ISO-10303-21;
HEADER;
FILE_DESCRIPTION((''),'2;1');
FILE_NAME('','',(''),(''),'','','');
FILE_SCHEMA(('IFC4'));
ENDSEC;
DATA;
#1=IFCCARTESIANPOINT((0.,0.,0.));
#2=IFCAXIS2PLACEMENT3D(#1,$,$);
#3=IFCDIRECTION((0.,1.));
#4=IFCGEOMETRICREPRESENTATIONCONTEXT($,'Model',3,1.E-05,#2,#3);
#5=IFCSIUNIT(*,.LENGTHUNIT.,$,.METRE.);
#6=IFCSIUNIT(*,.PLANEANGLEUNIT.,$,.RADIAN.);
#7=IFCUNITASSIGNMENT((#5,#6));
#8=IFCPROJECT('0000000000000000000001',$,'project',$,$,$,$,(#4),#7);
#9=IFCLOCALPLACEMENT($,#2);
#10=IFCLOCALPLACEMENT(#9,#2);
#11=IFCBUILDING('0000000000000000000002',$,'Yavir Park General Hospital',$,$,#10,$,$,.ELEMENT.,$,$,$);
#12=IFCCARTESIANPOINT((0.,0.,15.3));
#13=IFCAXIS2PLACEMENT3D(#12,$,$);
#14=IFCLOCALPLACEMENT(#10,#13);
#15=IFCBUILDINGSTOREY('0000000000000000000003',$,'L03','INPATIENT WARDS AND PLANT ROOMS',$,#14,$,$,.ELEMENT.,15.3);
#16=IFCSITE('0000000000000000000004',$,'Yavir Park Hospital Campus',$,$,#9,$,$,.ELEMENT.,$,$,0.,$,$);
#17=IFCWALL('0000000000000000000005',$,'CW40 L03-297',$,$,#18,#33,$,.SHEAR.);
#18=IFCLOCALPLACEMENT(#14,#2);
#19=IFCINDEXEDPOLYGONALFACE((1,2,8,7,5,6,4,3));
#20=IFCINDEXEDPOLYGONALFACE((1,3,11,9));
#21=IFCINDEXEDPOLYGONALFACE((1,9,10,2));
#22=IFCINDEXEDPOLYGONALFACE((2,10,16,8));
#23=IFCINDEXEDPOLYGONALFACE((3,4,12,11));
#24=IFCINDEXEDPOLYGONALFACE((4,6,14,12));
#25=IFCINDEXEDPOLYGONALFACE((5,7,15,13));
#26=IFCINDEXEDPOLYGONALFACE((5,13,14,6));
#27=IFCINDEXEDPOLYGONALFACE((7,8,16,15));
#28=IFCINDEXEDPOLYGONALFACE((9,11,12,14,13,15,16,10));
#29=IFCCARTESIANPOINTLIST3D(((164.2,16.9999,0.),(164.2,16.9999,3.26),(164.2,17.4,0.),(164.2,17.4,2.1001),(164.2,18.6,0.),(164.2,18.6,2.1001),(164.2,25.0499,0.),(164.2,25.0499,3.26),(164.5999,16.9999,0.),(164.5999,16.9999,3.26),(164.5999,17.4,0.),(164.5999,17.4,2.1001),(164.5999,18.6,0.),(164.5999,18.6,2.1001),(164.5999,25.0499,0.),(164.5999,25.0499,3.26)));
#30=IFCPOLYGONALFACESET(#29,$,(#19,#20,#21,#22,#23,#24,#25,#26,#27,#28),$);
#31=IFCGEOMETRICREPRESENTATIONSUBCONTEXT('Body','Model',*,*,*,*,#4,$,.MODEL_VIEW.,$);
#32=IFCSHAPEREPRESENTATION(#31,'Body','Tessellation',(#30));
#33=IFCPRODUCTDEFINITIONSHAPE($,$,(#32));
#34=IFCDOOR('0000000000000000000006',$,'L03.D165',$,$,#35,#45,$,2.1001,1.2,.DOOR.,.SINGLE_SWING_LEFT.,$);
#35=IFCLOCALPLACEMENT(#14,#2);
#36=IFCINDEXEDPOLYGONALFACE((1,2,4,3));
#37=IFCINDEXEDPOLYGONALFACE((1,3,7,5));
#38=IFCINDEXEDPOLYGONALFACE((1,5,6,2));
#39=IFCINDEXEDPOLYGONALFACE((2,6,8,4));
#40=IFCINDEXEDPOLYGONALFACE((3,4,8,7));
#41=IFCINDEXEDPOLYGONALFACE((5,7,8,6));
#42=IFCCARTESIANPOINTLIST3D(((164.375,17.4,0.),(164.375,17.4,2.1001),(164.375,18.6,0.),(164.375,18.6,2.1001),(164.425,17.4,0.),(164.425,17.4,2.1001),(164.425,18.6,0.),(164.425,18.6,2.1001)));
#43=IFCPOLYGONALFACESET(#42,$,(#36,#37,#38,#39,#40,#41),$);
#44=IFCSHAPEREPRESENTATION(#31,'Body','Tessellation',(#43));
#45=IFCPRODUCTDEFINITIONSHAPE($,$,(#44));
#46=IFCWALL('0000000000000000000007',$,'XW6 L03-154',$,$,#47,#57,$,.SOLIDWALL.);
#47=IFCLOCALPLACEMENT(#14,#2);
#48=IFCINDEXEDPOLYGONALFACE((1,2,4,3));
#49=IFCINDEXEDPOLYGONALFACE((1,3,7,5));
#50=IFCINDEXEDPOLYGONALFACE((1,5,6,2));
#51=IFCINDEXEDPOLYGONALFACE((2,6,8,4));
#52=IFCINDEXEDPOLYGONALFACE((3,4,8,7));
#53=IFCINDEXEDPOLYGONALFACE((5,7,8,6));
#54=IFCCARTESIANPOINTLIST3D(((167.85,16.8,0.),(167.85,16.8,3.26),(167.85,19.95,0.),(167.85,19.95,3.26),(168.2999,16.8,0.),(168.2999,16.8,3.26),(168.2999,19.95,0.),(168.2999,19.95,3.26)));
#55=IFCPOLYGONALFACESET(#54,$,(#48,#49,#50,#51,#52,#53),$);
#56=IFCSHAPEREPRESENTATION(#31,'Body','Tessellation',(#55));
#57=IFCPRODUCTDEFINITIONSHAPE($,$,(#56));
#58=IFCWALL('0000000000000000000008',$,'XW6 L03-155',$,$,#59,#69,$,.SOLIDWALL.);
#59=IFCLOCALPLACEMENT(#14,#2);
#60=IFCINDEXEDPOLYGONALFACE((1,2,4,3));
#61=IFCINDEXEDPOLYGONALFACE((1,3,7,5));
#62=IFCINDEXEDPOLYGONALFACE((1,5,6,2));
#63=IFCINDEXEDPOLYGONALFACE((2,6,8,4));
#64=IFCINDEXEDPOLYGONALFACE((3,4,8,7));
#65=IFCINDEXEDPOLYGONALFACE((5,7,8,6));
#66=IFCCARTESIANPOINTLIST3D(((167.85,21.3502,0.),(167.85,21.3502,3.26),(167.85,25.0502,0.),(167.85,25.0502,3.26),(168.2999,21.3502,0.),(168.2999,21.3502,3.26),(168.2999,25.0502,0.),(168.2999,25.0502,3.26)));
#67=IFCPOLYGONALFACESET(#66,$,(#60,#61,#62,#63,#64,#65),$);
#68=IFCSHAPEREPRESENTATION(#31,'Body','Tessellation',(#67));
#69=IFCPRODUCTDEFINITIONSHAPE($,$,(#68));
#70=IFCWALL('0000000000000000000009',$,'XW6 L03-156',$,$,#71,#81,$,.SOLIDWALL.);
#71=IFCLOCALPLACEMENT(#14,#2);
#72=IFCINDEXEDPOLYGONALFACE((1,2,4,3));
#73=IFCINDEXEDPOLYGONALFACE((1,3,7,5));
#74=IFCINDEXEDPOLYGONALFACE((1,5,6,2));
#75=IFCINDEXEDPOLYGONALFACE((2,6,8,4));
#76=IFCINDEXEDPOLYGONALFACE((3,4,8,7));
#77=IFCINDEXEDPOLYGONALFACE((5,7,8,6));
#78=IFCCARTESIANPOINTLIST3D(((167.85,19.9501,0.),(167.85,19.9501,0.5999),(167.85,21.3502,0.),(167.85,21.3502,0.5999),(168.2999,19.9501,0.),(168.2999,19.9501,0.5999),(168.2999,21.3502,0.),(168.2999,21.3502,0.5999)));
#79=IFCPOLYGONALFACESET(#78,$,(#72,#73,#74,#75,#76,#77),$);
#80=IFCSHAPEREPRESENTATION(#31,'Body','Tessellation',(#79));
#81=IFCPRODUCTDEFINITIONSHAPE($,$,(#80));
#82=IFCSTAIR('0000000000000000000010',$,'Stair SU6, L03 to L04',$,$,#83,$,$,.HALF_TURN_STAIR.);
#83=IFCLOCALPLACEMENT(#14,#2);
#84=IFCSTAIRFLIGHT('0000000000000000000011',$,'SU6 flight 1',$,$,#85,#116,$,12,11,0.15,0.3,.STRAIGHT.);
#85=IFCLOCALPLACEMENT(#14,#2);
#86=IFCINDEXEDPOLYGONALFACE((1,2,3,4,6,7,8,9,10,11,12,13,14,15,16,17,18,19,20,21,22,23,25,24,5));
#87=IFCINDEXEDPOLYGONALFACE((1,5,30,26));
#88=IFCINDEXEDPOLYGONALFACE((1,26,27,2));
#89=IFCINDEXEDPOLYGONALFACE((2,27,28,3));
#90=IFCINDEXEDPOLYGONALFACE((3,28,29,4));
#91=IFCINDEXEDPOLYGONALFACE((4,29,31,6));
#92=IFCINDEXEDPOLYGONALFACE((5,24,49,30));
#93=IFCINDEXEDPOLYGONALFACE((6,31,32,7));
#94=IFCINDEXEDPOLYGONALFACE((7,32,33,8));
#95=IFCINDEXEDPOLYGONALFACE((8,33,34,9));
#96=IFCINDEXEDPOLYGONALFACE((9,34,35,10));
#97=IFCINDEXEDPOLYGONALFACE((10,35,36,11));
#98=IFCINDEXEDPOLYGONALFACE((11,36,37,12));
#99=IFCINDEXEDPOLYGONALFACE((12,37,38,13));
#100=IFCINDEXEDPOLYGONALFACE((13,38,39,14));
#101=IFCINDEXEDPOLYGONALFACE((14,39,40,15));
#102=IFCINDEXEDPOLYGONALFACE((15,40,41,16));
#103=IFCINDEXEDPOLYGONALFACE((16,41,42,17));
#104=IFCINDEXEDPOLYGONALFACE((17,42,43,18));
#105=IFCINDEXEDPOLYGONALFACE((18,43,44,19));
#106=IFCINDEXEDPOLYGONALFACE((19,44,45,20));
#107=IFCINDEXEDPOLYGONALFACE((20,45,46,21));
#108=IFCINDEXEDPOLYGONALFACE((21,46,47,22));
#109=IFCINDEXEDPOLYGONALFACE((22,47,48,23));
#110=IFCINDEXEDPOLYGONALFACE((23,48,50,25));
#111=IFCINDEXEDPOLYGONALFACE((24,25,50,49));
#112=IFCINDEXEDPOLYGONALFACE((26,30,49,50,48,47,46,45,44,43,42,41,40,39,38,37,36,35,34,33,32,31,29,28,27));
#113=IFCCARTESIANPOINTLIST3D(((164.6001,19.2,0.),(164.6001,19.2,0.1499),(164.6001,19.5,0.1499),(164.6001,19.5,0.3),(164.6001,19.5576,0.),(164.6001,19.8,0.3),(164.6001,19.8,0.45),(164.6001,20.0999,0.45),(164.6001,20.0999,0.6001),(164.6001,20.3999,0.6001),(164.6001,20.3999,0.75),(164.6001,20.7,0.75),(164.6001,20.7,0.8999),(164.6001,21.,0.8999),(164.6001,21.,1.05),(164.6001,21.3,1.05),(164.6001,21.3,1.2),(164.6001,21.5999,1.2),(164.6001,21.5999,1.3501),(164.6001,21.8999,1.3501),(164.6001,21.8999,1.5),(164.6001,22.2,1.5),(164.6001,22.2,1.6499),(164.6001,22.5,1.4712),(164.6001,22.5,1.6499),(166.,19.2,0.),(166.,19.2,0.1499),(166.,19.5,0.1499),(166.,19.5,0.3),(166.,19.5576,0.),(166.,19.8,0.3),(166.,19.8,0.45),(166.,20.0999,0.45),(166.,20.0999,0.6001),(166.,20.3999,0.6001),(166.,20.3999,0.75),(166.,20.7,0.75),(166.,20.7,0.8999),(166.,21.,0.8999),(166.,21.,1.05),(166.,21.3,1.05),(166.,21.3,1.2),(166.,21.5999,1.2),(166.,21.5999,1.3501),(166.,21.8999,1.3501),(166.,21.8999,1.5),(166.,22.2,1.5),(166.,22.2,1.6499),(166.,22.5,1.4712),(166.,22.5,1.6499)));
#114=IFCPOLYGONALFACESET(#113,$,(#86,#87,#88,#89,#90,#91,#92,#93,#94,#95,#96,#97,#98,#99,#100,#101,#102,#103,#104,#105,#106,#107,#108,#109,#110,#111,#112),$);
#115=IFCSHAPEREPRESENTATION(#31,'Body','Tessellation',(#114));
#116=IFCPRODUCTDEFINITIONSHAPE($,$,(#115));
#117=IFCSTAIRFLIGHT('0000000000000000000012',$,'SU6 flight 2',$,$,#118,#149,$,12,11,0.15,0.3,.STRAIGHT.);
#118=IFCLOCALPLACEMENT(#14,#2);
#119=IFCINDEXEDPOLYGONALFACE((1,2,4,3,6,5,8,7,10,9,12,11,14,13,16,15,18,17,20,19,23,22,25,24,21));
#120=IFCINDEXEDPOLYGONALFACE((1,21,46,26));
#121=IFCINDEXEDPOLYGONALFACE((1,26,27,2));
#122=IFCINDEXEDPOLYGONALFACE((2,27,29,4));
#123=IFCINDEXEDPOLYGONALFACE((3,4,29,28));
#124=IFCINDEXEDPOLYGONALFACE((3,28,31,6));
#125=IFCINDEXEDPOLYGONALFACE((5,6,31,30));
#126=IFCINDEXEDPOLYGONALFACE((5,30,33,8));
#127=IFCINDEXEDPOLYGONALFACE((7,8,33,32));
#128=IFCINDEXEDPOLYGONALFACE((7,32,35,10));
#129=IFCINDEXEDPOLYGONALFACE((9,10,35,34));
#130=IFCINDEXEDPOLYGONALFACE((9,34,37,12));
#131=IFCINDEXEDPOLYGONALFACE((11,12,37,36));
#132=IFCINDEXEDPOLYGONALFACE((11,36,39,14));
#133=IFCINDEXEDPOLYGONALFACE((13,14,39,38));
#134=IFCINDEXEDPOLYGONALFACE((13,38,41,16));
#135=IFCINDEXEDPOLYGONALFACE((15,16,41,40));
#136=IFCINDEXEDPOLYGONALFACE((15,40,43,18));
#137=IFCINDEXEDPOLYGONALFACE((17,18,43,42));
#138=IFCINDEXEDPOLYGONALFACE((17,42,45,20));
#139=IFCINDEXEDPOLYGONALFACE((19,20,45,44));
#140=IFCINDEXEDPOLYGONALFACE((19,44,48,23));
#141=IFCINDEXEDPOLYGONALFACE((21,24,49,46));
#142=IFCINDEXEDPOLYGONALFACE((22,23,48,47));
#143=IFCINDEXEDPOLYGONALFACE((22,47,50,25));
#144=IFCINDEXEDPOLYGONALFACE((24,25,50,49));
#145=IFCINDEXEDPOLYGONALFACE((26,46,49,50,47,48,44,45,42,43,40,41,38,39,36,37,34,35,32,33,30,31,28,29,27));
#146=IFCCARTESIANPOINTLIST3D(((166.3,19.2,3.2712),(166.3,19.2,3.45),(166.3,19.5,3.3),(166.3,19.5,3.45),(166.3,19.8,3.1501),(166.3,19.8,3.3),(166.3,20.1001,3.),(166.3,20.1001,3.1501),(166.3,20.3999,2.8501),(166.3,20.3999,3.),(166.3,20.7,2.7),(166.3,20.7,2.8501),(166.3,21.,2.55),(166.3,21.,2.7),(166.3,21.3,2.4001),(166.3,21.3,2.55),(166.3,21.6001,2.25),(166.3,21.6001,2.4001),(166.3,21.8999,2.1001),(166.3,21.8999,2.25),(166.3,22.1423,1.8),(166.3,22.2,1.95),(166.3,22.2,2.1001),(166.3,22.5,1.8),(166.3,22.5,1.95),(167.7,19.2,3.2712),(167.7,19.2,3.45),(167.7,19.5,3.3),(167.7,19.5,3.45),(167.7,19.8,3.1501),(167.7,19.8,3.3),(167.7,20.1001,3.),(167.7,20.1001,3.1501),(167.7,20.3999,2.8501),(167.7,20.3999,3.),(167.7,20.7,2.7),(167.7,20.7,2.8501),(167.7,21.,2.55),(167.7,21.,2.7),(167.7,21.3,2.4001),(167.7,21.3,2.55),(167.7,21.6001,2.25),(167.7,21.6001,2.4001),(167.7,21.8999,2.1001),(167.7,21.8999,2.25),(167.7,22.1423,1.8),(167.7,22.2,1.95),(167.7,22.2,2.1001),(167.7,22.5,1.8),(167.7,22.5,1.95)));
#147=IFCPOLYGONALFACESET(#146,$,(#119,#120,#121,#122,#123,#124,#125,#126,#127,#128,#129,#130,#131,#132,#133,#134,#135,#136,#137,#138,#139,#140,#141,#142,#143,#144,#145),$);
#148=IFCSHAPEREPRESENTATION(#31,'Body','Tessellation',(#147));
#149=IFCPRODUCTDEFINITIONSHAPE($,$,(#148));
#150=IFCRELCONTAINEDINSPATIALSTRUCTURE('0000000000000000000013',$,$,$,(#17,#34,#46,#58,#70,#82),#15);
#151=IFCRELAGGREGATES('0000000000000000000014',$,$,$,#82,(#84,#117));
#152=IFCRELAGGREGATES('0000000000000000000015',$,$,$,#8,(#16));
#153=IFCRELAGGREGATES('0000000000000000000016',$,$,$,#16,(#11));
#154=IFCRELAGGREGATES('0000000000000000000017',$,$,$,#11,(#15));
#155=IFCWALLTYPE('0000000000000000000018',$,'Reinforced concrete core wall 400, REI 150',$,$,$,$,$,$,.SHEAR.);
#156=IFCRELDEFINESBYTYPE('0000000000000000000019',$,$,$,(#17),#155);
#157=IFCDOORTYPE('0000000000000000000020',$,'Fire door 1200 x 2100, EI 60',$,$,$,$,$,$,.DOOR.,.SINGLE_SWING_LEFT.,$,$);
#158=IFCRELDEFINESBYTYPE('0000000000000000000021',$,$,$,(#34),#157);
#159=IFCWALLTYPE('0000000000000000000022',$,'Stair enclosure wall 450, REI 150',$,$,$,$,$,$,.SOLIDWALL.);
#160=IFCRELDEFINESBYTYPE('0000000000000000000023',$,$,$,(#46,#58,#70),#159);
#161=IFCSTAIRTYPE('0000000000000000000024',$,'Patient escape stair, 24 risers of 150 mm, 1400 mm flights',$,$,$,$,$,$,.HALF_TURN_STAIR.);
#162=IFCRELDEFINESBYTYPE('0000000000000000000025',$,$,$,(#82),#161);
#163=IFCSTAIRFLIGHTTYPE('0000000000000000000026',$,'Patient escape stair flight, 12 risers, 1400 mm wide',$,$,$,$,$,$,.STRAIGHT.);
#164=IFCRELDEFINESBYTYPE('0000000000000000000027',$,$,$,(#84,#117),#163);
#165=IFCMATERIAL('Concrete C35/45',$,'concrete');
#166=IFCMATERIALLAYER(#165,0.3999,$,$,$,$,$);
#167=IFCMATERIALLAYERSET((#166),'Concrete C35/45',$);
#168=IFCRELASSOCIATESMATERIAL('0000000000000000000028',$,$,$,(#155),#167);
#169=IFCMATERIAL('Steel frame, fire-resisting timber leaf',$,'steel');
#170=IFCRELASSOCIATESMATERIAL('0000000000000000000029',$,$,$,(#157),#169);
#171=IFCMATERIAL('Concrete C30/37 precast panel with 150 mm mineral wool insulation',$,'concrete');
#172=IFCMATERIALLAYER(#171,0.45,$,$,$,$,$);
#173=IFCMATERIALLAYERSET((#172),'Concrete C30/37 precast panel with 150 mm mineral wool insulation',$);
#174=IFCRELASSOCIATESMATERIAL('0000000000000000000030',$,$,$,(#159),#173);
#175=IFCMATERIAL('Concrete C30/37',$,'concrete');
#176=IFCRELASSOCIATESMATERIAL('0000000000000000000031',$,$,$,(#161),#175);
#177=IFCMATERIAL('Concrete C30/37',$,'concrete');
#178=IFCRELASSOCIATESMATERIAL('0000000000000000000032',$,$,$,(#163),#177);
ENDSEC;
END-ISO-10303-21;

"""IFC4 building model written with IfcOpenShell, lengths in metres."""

from ifc_helpers import new_model, si_unit, direction, frame, frame_2d, origin, place, context, subcontext, project, spatial, polyline, rectangle, outline, extrude, material, layer, layer_set, type_object, element, fill, aggregate, save


model = new_model("IFC4")

# Units and contexts
model_context = context("Model", 3, precision=1e-05, world=origin(), true_north=direction((0.0, 1.0)))
body_context = subcontext(model_context, "Body", "Model", "MODEL_VIEW")
ifc_project = project(units=[si_unit("LENGTHUNIT", "METRE"), si_unit("PLANEANGLEUNIT", "RADIAN")], contexts=[model_context])

# Site, building, storey
site_placement = place(None, origin())
site = spatial("IfcSite", under=ifc_project, at=site_placement, Name="Yavir Park Hospital Campus", CompositionType="ELEMENT", RefElevation=0.0)
building_placement = place(site_placement, origin())
building = spatial("IfcBuilding", under=site, at=building_placement, Name="Yavir Park General Hospital", CompositionType="ELEMENT")
storey_placement = place(building_placement, frame((0.0, 0.0, 15.3)))
storey = spatial("IfcBuildingStorey", under=building, at=storey_placement, Name="L03", Description="INPATIENT WARDS AND PLANT ROOMS", CompositionType="ELEMENT", Elevation=15.3)

# Shared definitions
ifc_material_1 = material(Name="Concrete C35/45", Category="concrete")
ifc_layer_1 = layer(ifc_material_1, 0.3999)
ifc_layer_set_1 = layer_set([ifc_layer_1], Name="Concrete C35/45")
wall_type_1 = type_object("IfcWallType", Name="Reinforced concrete core wall 400, REI 150", PredefinedType="SHEAR", material=ifc_layer_set_1)

# Wall, opening, door
wall_1_placement = place(storey_placement, frame((164.3999, 17.0, 0.0), z_axis=(0.0, 0.0, 1.0), x_axis=(0.0, 1.0, 0.0)))
wall_1 = element("IfcWall", 1, at=wall_1_placement, inside=storey, type_object=wall_type_1, Name="CW40 L03-297", PredefinedType="SHEAR", context=body_context, shape_type="SweptSolid", body=[
    extrude(rectangle(XDim=8.05, YDim=0.3999, at=frame_2d((4.0249, 0.0))), origin(), (0.0, 0.0, 1.0), 3.26),
])
opening_1_placement = place(wall_1_placement, frame((0.3999, 0.0, 0.0)))
opening_1 = element("IfcOpeningElement", 2, at=opening_1_placement, cuts=wall_1, PredefinedType="OPENING", context=body_context, shape_type="SweptSolid", body=[
    extrude(rectangle(XDim=1.2, YDim=2.1001, at=frame_2d((0.6001, 1.05))), frame((0.0, 0.21, 0.0), z_axis=(0.0, -1.0, 0.0), x_axis=(1.0, 0.0, 0.0)), (0.0, 0.0, 1.0), 0.4199),
])
ifc_material_2 = material(Name="Steel frame, fire-resisting timber leaf", Category="steel")
door_type = type_object("IfcDoorType", Name="Fire door 1200 x 2100, EI 60", OperationType="SINGLE_SWING_LEFT", PredefinedType="DOOR", material=ifc_material_2)
door_placement = place(opening_1_placement, origin())
door = element("IfcDoor", 3, at=door_placement, inside=storey, type_object=door_type, Name="L03.D165", OperationType="SINGLE_SWING_LEFT", OverallHeight=2.1001, OverallWidth=1.2, PredefinedType="DOOR", context=body_context, shape_type="SweptSolid", body=[
    extrude(rectangle(XDim=1.2, YDim=2.1001, at=frame_2d((0.6001, 1.05))), frame((0.0, 0.0249, 0.0), z_axis=(0.0, -1.0, 0.0), x_axis=(1.0, 0.0, 0.0)), (0.0, 0.0, 1.0), 0.05),
])
fill(opening_1, door)

# Walls
ifc_material_3 = material(Name="Concrete C30/37 precast panel with 150 mm mineral wool insulation", Category="concrete")
ifc_layer_2 = layer(ifc_material_3, 0.45)
ifc_layer_set_2 = layer_set([ifc_layer_2], Name="Concrete C30/37 precast panel with 150 mm mineral wool insulation")
wall_type_2 = type_object("IfcWallType", Name="Stair enclosure wall 450, REI 150", PredefinedType="SOLIDWALL", material=ifc_layer_set_2)
wall_2_placement = place(storey_placement, frame((168.075, 16.8, 0.0), z_axis=(0.0, 0.0, 1.0), x_axis=(0.0, 1.0, 0.0)))
element("IfcWall", 4, at=wall_2_placement, inside=storey, type_object=wall_type_2, Name="XW6 L03-154", PredefinedType="SOLIDWALL", context=body_context, shape_type="SweptSolid", body=[
    extrude(rectangle(XDim=3.1499, YDim=0.45, at=frame_2d((1.575, 0.0))), origin(), (0.0, 0.0, 1.0), 3.26),
])
wall_3_placement = place(storey_placement, frame((168.075, 21.3501, 0.0), z_axis=(0.0, 0.0, 1.0), x_axis=(0.0, 1.0, 0.0)))
element("IfcWall", 5, at=wall_3_placement, inside=storey, type_object=wall_type_2, Name="XW6 L03-155", PredefinedType="SOLIDWALL", context=body_context, shape_type="SweptSolid", body=[
    extrude(rectangle(XDim=3.7, YDim=0.45, at=frame_2d((1.8501, 0.0))), origin(), (0.0, 0.0, 1.0), 3.26),
])
wall_4_placement = place(storey_placement, frame((168.075, 19.95, 0.0), z_axis=(0.0, 0.0, 1.0), x_axis=(0.0, 1.0, 0.0)))
element("IfcWall", 6, at=wall_4_placement, inside=storey, type_object=wall_type_2, Name="XW6 L03-156", PredefinedType="SOLIDWALL", context=body_context, shape_type="SweptSolid", body=[
    extrude(rectangle(XDim=1.4001, YDim=0.45, at=frame_2d((0.7002, 0.0))), origin(), (0.0, 0.0, 1.0), 0.5999),
])

# Stair, stair flights
ifc_material_4 = material(Name="Concrete C30/37", Category="concrete")
stair_type = type_object("IfcStairType", Name="Patient escape stair, 24 risers of 150 mm, 1400 mm flights", PredefinedType="HALF_TURN_STAIR", material=ifc_material_4)
stair_placement = place(storey_placement, origin())
stair = element("IfcStair", 7, at=stair_placement, inside=storey, type_object=stair_type, Name="Stair SU6, L03 to L04", PredefinedType="HALF_TURN_STAIR")
ifc_material_5 = material(Name="Concrete C30/37", Category="concrete")
stair_flight_type = type_object("IfcStairFlightType", Name="Patient escape stair flight, 12 risers, 1400 mm wide", PredefinedType="STRAIGHT", material=ifc_material_5)
stair_flight_1_placement = place(storey_placement, frame((165.3, 19.2, 0.0), z_axis=(0.0, 0.0, 1.0), x_axis=(0.0, 1.0, 0.0)))
stair_flight_1 = element("IfcStairFlight", 8, at=stair_flight_1_placement, type_object=stair_flight_type, Name="SU6 flight 1", NumberOfRisers=12, NumberOfTreads=11, PredefinedType="STRAIGHT", RiserHeight=0.15, TreadLength=0.3, context=body_context, shape_type="SweptSolid", body=[
    extrude(outline(polyline([(0.0, 0.0), (0.0, 0.1499), (0.3, 0.1499), (0.3, 0.3), (0.6001, 0.3), (0.6001, 0.45), (0.8999, 0.45), (0.8999, 0.6001), (1.2, 0.6001), (1.2, 0.75), (1.5, 0.75), (1.5, 0.8999), (1.8, 0.8999), (1.8, 1.05), (2.1001, 1.05), (2.1001, 1.2), (2.3999, 1.2), (2.3999, 1.3501), (2.7, 1.3501), (2.7, 1.5), (3.0, 1.5), (3.0, 1.6499), (3.3, 1.6499), (3.3, 1.8), (3.3, 1.4712), (0.3577, 0.0), (0.0, 0.0)])), frame((0.0, 0.7, 0.0), z_axis=(0.0, -1.0, 0.0), x_axis=(1.0, 0.0, 0.0)), (0.0, 0.0, 1.0), 1.3999),
])
stair_flight_2_placement = place(storey_placement, frame((167.0, 22.5, 1.8), z_axis=(0.0, 0.0, 1.0), x_axis=(0.0, -1.0, 0.0)))
stair_flight_2 = element("IfcStairFlight", 9, at=stair_flight_2_placement, type_object=stair_flight_type, Name="SU6 flight 2", NumberOfRisers=12, NumberOfTreads=11, PredefinedType="STRAIGHT", RiserHeight=0.15, TreadLength=0.3, context=body_context, shape_type="SweptSolid", body=[
    extrude(outline(polyline([(0.0, 0.0), (0.0, 0.1499), (0.3, 0.1499), (0.3, 0.3), (0.6001, 0.3), (0.6001, 0.45), (0.8999, 0.45), (0.8999, 0.6001), (1.2, 0.6001), (1.2, 0.75), (1.5, 0.75), (1.5, 0.8999), (1.8, 0.8999), (1.8, 1.05), (2.1001, 1.05), (2.1001, 1.2), (2.3999, 1.2), (2.3999, 1.3501), (2.7, 1.3501), (2.7, 1.5), (3.0, 1.5), (3.0, 1.6499), (3.3, 1.6499), (3.3, 1.8), (3.3, 1.4712), (0.3577, 0.0), (0.0, 0.0)])), frame((0.0, 0.7, 0.0), z_axis=(0.0, -1.0, 0.0), x_axis=(1.0, 0.0, 0.0)), (0.0, 0.0, 1.0), 1.3999),
])
aggregate(stair, [stair_flight_1, stair_flight_2])

save(model, "model.ifc")
